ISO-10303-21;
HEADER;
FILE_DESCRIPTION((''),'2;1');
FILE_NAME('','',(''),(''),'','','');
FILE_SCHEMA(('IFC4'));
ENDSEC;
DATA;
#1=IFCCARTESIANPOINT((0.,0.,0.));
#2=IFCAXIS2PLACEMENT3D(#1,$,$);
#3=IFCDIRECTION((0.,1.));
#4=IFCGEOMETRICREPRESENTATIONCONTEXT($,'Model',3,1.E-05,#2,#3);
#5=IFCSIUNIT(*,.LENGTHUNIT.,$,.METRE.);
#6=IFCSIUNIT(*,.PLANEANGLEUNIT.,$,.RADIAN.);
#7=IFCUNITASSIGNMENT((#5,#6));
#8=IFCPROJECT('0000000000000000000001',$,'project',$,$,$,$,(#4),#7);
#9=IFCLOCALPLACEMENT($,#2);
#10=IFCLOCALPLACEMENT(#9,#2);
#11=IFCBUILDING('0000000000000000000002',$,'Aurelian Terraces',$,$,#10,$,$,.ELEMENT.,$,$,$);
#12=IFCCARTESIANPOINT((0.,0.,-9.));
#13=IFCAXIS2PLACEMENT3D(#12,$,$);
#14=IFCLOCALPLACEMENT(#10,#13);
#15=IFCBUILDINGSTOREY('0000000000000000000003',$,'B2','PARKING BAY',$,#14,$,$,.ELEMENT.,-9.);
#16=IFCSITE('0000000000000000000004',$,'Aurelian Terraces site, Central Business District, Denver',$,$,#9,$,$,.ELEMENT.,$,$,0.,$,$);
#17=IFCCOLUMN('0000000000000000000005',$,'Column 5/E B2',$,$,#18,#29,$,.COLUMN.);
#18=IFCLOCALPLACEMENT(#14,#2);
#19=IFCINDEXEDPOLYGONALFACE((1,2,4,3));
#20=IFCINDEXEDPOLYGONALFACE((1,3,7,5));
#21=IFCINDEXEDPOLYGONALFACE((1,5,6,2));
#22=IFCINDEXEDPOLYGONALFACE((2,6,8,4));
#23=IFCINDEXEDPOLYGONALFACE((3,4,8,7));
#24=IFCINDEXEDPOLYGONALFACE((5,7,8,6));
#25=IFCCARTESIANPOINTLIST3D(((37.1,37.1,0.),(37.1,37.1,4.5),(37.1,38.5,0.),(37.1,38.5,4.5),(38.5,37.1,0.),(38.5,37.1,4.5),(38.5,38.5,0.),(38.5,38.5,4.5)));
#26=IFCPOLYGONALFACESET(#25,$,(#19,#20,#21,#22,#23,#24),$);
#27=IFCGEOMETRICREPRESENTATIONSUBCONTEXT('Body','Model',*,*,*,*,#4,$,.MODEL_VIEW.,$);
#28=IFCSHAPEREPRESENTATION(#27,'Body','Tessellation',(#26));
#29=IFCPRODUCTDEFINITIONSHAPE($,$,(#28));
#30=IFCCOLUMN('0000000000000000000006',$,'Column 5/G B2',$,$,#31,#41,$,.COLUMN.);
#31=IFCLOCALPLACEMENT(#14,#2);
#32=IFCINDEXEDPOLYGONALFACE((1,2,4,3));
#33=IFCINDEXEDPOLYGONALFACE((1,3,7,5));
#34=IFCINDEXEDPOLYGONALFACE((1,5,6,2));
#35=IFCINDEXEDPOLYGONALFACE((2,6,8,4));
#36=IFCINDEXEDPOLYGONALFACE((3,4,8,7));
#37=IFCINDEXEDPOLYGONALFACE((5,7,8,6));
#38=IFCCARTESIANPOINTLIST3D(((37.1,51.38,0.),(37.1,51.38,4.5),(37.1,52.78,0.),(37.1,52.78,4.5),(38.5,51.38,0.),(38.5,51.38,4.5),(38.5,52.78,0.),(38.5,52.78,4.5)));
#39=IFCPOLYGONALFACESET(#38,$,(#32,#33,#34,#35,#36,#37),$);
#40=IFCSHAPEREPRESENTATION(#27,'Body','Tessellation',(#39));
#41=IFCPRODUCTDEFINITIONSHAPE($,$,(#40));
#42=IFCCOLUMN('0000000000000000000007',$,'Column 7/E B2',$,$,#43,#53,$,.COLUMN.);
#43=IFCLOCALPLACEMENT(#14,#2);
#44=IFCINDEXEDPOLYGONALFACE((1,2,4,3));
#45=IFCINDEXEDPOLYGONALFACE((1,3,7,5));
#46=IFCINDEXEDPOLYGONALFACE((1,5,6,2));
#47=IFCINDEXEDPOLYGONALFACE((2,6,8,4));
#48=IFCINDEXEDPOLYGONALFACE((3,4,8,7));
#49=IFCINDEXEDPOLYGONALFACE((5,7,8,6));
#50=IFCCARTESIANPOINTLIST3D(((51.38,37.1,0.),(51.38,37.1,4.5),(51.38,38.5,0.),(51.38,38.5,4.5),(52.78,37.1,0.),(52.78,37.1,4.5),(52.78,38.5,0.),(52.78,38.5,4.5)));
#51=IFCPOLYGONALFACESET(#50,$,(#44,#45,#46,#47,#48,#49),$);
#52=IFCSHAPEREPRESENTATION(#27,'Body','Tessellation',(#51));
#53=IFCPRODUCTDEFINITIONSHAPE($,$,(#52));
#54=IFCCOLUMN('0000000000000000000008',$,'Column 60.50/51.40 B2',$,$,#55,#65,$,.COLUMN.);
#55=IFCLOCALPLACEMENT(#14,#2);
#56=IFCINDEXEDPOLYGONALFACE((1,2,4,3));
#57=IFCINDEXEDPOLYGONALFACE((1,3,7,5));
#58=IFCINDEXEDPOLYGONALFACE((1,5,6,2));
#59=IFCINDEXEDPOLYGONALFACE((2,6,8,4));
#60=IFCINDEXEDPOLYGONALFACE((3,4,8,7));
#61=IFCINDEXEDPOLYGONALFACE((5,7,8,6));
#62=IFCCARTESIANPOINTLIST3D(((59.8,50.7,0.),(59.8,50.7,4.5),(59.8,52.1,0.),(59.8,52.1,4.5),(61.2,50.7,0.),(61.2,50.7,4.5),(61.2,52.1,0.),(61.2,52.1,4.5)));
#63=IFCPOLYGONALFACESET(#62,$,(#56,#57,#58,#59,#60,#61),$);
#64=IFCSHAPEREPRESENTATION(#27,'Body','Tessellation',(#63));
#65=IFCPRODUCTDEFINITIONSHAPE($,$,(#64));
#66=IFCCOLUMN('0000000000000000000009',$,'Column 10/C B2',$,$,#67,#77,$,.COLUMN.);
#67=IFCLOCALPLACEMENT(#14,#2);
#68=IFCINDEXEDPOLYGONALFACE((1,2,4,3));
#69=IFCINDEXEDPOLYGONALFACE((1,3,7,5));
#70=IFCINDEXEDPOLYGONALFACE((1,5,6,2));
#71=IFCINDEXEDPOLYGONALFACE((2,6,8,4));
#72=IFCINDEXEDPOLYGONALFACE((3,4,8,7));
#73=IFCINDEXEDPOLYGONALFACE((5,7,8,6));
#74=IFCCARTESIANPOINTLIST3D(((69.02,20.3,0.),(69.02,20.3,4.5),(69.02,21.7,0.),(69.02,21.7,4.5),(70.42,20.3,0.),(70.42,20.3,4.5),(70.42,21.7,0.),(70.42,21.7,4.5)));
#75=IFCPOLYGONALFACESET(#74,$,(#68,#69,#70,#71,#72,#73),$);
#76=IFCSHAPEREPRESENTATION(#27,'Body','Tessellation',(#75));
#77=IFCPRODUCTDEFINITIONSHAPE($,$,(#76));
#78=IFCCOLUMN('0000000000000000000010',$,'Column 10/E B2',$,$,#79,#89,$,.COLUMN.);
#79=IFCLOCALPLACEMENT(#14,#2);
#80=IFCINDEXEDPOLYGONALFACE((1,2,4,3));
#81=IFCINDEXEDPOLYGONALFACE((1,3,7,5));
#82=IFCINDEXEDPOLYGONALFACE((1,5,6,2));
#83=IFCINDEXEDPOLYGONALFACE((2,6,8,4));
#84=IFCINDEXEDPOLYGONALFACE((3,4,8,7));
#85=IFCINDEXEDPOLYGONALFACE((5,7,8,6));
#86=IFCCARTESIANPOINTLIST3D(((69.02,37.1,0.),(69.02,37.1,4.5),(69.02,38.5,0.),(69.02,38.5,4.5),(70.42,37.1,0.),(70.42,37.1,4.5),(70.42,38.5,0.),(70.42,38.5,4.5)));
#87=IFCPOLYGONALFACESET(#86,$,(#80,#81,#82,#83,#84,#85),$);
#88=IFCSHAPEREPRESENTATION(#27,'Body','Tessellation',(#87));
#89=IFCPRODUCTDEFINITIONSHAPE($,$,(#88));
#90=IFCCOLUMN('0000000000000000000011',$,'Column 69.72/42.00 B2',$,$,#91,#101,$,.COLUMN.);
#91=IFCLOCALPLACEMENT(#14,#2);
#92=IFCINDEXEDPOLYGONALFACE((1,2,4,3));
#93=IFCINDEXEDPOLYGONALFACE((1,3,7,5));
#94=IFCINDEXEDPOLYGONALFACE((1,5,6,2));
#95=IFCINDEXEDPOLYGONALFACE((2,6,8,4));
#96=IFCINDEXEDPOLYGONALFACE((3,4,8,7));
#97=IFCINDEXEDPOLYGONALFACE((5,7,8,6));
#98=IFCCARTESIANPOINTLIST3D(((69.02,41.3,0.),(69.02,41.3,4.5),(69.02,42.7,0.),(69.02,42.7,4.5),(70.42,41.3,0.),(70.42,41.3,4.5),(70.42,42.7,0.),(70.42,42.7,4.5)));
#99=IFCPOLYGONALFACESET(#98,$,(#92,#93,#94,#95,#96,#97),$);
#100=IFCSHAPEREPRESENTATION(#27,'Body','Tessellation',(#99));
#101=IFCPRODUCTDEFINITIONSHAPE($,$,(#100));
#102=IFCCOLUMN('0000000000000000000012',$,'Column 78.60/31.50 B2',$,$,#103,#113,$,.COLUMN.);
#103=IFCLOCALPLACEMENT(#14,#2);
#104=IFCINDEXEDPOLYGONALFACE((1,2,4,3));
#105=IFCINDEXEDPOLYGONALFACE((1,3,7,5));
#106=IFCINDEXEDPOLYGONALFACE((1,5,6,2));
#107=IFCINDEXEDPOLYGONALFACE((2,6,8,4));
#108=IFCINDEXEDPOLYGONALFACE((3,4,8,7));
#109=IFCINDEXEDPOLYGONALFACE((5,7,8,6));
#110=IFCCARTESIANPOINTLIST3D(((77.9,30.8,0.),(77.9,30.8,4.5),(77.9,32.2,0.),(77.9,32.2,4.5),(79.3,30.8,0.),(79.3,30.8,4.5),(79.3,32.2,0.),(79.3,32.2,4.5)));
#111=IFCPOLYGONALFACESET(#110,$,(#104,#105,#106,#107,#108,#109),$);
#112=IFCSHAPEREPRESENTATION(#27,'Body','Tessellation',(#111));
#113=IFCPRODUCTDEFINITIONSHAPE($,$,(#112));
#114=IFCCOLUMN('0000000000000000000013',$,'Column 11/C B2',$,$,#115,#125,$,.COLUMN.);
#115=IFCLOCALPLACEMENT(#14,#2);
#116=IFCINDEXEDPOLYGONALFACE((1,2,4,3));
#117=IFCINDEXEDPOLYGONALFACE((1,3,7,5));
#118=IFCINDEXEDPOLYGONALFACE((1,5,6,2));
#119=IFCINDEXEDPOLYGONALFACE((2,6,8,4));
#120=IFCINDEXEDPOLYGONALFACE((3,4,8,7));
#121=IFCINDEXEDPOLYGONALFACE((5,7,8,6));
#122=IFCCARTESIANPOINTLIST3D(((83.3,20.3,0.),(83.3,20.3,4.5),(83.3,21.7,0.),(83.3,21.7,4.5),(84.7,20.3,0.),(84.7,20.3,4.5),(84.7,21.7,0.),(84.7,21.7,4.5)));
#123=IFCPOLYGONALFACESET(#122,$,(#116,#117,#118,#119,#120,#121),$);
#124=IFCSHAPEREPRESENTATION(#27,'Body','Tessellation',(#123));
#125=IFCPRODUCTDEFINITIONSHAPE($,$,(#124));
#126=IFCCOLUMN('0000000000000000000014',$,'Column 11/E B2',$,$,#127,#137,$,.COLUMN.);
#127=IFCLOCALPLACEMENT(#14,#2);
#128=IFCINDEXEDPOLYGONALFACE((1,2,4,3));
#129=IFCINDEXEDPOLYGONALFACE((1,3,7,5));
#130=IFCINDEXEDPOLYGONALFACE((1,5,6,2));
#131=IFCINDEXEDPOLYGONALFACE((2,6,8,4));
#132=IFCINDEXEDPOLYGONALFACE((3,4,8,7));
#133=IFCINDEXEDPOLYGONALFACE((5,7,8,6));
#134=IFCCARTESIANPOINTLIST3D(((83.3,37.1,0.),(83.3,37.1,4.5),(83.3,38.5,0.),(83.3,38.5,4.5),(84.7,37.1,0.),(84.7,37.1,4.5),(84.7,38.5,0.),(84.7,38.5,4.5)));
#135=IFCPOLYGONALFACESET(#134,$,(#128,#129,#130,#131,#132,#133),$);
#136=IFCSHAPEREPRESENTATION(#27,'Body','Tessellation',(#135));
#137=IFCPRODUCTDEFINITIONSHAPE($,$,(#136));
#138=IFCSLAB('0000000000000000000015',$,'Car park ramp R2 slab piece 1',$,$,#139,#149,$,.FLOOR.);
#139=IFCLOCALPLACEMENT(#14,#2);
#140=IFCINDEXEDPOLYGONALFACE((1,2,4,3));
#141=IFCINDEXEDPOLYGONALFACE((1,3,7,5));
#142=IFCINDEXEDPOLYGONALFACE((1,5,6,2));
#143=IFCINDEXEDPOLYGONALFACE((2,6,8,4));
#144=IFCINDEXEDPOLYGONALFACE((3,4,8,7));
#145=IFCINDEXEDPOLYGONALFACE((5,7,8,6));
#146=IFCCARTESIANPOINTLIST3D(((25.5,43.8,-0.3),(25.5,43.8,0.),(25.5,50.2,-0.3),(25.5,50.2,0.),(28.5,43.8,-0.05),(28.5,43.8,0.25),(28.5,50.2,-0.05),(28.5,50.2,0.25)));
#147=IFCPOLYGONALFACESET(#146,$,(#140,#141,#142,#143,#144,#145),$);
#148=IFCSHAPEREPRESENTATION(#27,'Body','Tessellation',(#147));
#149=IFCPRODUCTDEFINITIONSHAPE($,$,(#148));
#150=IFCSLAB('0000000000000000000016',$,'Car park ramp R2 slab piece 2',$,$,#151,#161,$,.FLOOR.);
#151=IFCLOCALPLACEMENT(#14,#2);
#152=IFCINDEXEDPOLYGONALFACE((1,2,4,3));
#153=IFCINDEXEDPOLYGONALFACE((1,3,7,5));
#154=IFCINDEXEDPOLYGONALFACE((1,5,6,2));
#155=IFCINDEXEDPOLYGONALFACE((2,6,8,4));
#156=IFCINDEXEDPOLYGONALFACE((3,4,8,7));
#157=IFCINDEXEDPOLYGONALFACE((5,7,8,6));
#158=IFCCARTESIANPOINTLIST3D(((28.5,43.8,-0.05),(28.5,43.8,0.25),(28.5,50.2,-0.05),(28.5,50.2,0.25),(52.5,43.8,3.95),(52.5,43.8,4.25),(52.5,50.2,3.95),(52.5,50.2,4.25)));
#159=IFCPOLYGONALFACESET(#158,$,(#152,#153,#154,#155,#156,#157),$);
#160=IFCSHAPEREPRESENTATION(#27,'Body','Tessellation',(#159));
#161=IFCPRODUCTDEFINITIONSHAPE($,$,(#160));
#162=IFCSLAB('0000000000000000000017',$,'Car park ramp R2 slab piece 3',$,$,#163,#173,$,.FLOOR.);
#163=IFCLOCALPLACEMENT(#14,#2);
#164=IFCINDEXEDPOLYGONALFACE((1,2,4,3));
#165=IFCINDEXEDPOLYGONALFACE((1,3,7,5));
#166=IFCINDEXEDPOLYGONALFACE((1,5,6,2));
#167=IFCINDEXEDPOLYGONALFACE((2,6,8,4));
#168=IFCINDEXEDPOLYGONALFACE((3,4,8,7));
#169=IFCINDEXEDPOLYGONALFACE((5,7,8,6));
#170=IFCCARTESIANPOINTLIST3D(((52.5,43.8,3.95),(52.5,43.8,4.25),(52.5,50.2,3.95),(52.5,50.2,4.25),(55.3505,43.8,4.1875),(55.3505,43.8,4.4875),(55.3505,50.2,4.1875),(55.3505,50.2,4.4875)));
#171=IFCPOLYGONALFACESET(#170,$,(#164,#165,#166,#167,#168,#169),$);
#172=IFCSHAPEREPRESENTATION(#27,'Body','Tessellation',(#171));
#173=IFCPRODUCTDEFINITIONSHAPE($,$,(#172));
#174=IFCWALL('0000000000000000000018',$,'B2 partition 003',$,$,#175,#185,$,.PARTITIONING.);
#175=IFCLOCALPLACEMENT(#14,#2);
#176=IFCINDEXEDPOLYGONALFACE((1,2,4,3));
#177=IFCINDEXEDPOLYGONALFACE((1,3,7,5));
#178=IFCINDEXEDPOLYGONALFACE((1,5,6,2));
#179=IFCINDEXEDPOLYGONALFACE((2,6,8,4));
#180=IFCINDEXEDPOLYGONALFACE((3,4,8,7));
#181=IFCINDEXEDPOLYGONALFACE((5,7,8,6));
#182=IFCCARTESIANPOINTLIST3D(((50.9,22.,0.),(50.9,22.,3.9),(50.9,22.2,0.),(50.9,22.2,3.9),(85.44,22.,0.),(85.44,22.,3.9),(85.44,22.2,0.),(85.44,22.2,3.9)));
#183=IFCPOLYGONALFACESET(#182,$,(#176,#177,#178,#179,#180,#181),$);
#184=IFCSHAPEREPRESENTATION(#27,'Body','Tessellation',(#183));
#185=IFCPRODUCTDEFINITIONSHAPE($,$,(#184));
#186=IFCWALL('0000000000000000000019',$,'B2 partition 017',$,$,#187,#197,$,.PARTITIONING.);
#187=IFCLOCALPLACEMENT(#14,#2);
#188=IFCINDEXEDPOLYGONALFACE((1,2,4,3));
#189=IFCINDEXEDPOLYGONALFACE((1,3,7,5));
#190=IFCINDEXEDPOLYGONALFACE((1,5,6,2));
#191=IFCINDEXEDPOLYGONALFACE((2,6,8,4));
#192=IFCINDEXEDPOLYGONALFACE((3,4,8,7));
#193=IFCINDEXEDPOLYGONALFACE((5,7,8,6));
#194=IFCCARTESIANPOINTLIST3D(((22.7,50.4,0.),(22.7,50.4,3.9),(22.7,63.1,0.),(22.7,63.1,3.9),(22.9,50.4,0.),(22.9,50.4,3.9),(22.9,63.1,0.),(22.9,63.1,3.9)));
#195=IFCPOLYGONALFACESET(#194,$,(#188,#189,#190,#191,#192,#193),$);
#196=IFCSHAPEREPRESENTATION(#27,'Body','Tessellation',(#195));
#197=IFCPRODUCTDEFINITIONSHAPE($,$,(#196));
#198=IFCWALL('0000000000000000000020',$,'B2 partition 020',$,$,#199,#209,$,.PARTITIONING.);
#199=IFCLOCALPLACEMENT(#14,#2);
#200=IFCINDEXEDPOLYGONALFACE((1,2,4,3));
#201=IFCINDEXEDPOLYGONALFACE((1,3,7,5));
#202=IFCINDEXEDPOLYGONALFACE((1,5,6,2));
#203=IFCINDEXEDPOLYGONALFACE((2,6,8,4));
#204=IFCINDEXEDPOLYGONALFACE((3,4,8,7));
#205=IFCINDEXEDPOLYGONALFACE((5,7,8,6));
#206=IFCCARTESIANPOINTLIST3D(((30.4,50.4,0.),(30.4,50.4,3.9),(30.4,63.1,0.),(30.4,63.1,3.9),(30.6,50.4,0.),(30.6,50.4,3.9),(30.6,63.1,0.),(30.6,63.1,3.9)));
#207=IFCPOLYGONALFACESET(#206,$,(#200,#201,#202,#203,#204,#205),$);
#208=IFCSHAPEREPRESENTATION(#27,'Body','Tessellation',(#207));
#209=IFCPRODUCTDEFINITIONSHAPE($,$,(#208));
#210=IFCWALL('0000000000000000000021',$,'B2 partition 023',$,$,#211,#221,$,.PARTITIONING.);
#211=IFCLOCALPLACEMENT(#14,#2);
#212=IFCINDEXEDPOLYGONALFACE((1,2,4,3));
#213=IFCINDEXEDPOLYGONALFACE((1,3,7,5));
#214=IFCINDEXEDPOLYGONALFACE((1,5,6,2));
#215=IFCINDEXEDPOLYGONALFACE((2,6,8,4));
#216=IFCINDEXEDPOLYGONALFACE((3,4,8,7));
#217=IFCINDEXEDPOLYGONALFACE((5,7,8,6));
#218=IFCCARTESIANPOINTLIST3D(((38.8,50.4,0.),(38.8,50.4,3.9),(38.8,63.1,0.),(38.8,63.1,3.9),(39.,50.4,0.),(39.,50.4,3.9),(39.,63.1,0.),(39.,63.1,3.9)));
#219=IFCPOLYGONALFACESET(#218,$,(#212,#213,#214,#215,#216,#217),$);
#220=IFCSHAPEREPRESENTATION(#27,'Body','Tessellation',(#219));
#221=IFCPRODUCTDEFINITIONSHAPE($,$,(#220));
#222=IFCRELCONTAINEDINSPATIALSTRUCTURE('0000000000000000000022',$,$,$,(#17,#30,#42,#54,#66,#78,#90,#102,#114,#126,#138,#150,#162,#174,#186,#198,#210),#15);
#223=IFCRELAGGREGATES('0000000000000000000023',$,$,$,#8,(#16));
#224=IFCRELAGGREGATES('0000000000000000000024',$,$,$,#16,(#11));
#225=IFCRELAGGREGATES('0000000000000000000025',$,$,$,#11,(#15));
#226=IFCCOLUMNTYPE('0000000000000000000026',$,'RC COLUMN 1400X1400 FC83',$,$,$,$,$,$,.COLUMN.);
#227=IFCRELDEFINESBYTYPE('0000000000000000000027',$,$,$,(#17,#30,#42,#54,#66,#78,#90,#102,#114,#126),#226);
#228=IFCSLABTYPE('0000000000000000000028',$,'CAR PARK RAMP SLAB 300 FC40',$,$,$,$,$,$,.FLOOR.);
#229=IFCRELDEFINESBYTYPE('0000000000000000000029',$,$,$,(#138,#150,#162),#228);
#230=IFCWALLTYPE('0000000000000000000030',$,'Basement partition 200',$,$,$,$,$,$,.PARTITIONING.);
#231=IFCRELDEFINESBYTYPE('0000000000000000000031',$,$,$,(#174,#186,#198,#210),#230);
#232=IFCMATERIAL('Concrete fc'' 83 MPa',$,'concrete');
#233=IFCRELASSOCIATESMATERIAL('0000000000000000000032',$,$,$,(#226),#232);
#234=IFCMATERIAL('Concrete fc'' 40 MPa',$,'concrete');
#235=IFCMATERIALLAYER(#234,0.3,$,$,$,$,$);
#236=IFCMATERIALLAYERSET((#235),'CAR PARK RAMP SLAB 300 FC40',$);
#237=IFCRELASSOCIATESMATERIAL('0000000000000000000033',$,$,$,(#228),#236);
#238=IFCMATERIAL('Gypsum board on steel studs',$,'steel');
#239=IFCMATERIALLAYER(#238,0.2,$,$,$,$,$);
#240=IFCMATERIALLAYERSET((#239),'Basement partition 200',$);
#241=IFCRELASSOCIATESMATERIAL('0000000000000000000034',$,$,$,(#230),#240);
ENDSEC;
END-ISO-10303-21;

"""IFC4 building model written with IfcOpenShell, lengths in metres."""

from ifc_helpers import new_model, si_unit, direction, frame, frame_2d, origin, origin_2d, place, context, subcontext, project, spatial, polyline, rectangle, outline, extrude, source, transform, mapped, material, layer, layer_set, material_profile, profile_set, type_object, element, save


model = new_model("IFC4")

# Units and contexts
model_context = context("Model", 3, precision=1e-05, world=origin(), true_north=direction((0.0, 1.0)))
body_context = subcontext(model_context, "Body", "Model", "MODEL_VIEW")
ifc_project = project(units=[si_unit("LENGTHUNIT", "METRE"), si_unit("PLANEANGLEUNIT", "RADIAN")], contexts=[model_context])

# Site, building, storey
site_placement = place(None, origin())
site = spatial("IfcSite", under=ifc_project, at=site_placement, Name="Aurelian Terraces site, Central Business District, Denver", CompositionType="ELEMENT", RefElevation=0.0)
building_placement = place(site_placement, origin())
building = spatial("IfcBuilding", under=site, at=building_placement, Name="Aurelian Terraces", CompositionType="ELEMENT")
storey_placement = place(building_placement, frame((0.0, 0.0, -9.0)))
storey = spatial("IfcBuildingStorey", under=building, at=storey_placement, Name="B2", Description="PARKING BAY", CompositionType="ELEMENT", Elevation=-9.0)

# Columns
ifc_material_1 = material(Name="Concrete fc' 83 MPa", Category="concrete")
ifc_material_profile = material_profile(ifc_material_1, rectangle(XDim=1.4, YDim=1.4, at=origin_2d()))
ifc_profile_set = profile_set([ifc_material_profile], Name="Concrete fc' 83 MPa")
column_type = type_object("IfcColumnType", Name="RC COLUMN 1400X1400 FC83", PredefinedType="COLUMN", material=ifc_profile_set)
shared_shape_1 = source(origin(), body_context, "Body", "SweptSolid", [
    extrude(rectangle(XDim=1.4, YDim=1.4, at=origin_2d()), origin(), (0.0, 0.0, 1.0), 4.5),
])
for number, where, z_axis, x_axis, name in (
    (1, (37.8, 37.8, 0.0), (0.0, 0.0, 1.0), (1.0, 0.0, 0.0), "Column 5/E B2"),
    (2, (37.8, 52.08, 0.0), (0.0, 0.0, 1.0), (1.0, 0.0, 0.0), "Column 5/G B2"),
    (3, (52.08, 37.8, 0.0), (0.0, 0.0, 1.0), (1.0, 0.0, 0.0), "Column 7/E B2"),
    (4, (60.5, 51.4, 0.0), (0.0, 0.0, 1.0), (1.0, 0.0, 0.0), "Column 60.50/51.40 B2"),
    (5, (69.72, 21.0, 0.0), (0.0, 0.0, 1.0), (1.0, 0.0, 0.0), "Column 10/C B2"),
    (6, (69.72, 37.8, 0.0), (0.0, 0.0, 1.0), (1.0, 0.0, 0.0), "Column 10/E B2"),
    (7, (69.72, 42.0, 0.0), (0.0, 0.0, 1.0), (1.0, 0.0, 0.0), "Column 69.72/42.00 B2"),
    (8, (78.6, 31.5, 0.0), (0.0, 0.0, 1.0), (1.0, 0.0, 0.0), "Column 78.60/31.50 B2"),
    (9, (84.0, 21.0, 0.0), (0.0, 0.0, 1.0), (1.0, 0.0, 0.0), "Column 11/C B2"),
    (10, (84.0, 37.8, 0.0), (0.0, 0.0, 1.0), (1.0, 0.0, 0.0), "Column 11/E B2"),
):
    element("IfcColumn", number, at=place(storey_placement, frame(where, z_axis=z_axis, x_axis=x_axis)), inside=storey, type_object=column_type, Name=name, PredefinedType="COLUMN", context=body_context, shape_type="MappedRepresentation", body=[
        mapped(shared_shape_1, transform((0.0, 0.0, 0.0), scale=1.0)),
    ])

# Slabs
ifc_material_2 = material(Name="Concrete fc' 40 MPa", Category="concrete")
ifc_layer_1 = layer(ifc_material_2, 0.3)
ifc_layer_set_1 = layer_set([ifc_layer_1], Name="CAR PARK RAMP SLAB 300 FC40")
slab_type = type_object("IfcSlabType", Name="CAR PARK RAMP SLAB 300 FC40", PredefinedType="FLOOR", material=ifc_layer_set_1)
slab_1_placement = place(storey_placement, frame((25.5, 43.8, 0.0), z_axis=(0.0, 0.0, 1.0), x_axis=(1.0, 0.0, 0.0)))
element("IfcSlab", 11, at=slab_1_placement, inside=storey, type_object=slab_type, Name="Car park ramp R2 slab piece 1", PredefinedType="FLOOR", context=body_context, shape_type="SweptSolid", body=[
    extrude(outline(polyline([(0.0, 0.0), (3.0, 0.25), (3.0, -0.05), (0.0, -0.3), (0.0, 0.0)])), frame((0.0, 6.4, 0.0), z_axis=(0.0, -1.0, 0.0), x_axis=(1.0, 0.0, 0.0)), (0.0, 0.0, 1.0), 6.4),
])
slab_2_placement = place(storey_placement, frame((28.5, 43.8, 0.25), z_axis=(0.0, 0.0, 1.0), x_axis=(1.0, 0.0, 0.0)))
element("IfcSlab", 12, at=slab_2_placement, inside=storey, type_object=slab_type, Name="Car park ramp R2 slab piece 2", PredefinedType="FLOOR", context=body_context, shape_type="SweptSolid", body=[
    extrude(outline(polyline([(0.0, 0.0), (24.0, 4.0), (24.0, 3.7), (0.0, -0.3), (0.0, 0.0)])), frame((0.0, 6.4, 0.0), z_axis=(0.0, -1.0, 0.0), x_axis=(1.0, 0.0, 0.0)), (0.0, 0.0, 1.0), 6.4),
])
slab_3_placement = place(storey_placement, frame((52.5, 43.8, 4.25), z_axis=(0.0, 0.0, 1.0), x_axis=(1.0, 0.0, 0.0)))
element("IfcSlab", 13, at=slab_3_placement, inside=storey, type_object=slab_type, Name="Car park ramp R2 slab piece 3", PredefinedType="FLOOR", context=body_context, shape_type="SweptSolid", body=[
    extrude(outline(polyline([(0.0, 0.0), (2.8505, 0.2375), (2.8505, -0.0625), (0.0, -0.3), (0.0, 0.0)])), frame((0.0, 6.4, 0.0), z_axis=(0.0, -1.0, 0.0), x_axis=(1.0, 0.0, 0.0)), (0.0, 0.0, 1.0), 6.4),
])

# Walls
ifc_material_3 = material(Name="Gypsum board on steel studs", Category="steel")
ifc_layer_2 = layer(ifc_material_3, 0.2)
ifc_layer_set_2 = layer_set([ifc_layer_2], Name="Basement partition 200")
wall_type = type_object("IfcWallType", Name="Basement partition 200", PredefinedType="PARTITIONING", material=ifc_layer_set_2)
shared_shape_2 = source(origin(), body_context, "Body", "SweptSolid", [
    extrude(rectangle(XDim=34.54, YDim=0.2, at=frame_2d((17.27, 0.0))), origin(), (0.0, 0.0, 1.0), 3.9),
])
wall_1_placement = place(storey_placement, frame((50.9, 22.1, 0.0), z_axis=(0.0, 0.0, 1.0), x_axis=(1.0, 0.0, 0.0)))
element("IfcWall", 14, at=wall_1_placement, inside=storey, type_object=wall_type, Name="B2 partition 003", PredefinedType="PARTITIONING", context=body_context, shape_type="MappedRepresentation", body=[
    mapped(shared_shape_2, transform((0.0, 0.0, 0.0), scale=1.0)),
])
shared_shape_3 = source(origin(), body_context, "Body", "SweptSolid", [
    extrude(rectangle(XDim=12.7, YDim=0.2, at=frame_2d((6.35, 0.0))), origin(), (0.0, 0.0, 1.0), 3.9),
])
for number, where, z_axis, x_axis, name in (
    (15, (22.8, 50.4, 0.0), (0.0, 0.0, 1.0), (0.0, 1.0, 0.0), "B2 partition 017"),
    (16, (30.5, 50.4, 0.0), (0.0, 0.0, 1.0), (0.0, 1.0, 0.0), "B2 partition 020"),
    (17, (38.9, 50.4, 0.0), (0.0, 0.0, 1.0), (0.0, 1.0, 0.0), "B2 partition 023"),
):
    element("IfcWall", number, at=place(storey_placement, frame(where, z_axis=z_axis, x_axis=x_axis)), inside=storey, type_object=wall_type, Name=name, PredefinedType="PARTITIONING", context=body_context, shape_type="MappedRepresentation", body=[
        mapped(shared_shape_3, transform((0.0, 0.0, 0.0), scale=1.0)),
    ])

save(model, "model.ifc")
